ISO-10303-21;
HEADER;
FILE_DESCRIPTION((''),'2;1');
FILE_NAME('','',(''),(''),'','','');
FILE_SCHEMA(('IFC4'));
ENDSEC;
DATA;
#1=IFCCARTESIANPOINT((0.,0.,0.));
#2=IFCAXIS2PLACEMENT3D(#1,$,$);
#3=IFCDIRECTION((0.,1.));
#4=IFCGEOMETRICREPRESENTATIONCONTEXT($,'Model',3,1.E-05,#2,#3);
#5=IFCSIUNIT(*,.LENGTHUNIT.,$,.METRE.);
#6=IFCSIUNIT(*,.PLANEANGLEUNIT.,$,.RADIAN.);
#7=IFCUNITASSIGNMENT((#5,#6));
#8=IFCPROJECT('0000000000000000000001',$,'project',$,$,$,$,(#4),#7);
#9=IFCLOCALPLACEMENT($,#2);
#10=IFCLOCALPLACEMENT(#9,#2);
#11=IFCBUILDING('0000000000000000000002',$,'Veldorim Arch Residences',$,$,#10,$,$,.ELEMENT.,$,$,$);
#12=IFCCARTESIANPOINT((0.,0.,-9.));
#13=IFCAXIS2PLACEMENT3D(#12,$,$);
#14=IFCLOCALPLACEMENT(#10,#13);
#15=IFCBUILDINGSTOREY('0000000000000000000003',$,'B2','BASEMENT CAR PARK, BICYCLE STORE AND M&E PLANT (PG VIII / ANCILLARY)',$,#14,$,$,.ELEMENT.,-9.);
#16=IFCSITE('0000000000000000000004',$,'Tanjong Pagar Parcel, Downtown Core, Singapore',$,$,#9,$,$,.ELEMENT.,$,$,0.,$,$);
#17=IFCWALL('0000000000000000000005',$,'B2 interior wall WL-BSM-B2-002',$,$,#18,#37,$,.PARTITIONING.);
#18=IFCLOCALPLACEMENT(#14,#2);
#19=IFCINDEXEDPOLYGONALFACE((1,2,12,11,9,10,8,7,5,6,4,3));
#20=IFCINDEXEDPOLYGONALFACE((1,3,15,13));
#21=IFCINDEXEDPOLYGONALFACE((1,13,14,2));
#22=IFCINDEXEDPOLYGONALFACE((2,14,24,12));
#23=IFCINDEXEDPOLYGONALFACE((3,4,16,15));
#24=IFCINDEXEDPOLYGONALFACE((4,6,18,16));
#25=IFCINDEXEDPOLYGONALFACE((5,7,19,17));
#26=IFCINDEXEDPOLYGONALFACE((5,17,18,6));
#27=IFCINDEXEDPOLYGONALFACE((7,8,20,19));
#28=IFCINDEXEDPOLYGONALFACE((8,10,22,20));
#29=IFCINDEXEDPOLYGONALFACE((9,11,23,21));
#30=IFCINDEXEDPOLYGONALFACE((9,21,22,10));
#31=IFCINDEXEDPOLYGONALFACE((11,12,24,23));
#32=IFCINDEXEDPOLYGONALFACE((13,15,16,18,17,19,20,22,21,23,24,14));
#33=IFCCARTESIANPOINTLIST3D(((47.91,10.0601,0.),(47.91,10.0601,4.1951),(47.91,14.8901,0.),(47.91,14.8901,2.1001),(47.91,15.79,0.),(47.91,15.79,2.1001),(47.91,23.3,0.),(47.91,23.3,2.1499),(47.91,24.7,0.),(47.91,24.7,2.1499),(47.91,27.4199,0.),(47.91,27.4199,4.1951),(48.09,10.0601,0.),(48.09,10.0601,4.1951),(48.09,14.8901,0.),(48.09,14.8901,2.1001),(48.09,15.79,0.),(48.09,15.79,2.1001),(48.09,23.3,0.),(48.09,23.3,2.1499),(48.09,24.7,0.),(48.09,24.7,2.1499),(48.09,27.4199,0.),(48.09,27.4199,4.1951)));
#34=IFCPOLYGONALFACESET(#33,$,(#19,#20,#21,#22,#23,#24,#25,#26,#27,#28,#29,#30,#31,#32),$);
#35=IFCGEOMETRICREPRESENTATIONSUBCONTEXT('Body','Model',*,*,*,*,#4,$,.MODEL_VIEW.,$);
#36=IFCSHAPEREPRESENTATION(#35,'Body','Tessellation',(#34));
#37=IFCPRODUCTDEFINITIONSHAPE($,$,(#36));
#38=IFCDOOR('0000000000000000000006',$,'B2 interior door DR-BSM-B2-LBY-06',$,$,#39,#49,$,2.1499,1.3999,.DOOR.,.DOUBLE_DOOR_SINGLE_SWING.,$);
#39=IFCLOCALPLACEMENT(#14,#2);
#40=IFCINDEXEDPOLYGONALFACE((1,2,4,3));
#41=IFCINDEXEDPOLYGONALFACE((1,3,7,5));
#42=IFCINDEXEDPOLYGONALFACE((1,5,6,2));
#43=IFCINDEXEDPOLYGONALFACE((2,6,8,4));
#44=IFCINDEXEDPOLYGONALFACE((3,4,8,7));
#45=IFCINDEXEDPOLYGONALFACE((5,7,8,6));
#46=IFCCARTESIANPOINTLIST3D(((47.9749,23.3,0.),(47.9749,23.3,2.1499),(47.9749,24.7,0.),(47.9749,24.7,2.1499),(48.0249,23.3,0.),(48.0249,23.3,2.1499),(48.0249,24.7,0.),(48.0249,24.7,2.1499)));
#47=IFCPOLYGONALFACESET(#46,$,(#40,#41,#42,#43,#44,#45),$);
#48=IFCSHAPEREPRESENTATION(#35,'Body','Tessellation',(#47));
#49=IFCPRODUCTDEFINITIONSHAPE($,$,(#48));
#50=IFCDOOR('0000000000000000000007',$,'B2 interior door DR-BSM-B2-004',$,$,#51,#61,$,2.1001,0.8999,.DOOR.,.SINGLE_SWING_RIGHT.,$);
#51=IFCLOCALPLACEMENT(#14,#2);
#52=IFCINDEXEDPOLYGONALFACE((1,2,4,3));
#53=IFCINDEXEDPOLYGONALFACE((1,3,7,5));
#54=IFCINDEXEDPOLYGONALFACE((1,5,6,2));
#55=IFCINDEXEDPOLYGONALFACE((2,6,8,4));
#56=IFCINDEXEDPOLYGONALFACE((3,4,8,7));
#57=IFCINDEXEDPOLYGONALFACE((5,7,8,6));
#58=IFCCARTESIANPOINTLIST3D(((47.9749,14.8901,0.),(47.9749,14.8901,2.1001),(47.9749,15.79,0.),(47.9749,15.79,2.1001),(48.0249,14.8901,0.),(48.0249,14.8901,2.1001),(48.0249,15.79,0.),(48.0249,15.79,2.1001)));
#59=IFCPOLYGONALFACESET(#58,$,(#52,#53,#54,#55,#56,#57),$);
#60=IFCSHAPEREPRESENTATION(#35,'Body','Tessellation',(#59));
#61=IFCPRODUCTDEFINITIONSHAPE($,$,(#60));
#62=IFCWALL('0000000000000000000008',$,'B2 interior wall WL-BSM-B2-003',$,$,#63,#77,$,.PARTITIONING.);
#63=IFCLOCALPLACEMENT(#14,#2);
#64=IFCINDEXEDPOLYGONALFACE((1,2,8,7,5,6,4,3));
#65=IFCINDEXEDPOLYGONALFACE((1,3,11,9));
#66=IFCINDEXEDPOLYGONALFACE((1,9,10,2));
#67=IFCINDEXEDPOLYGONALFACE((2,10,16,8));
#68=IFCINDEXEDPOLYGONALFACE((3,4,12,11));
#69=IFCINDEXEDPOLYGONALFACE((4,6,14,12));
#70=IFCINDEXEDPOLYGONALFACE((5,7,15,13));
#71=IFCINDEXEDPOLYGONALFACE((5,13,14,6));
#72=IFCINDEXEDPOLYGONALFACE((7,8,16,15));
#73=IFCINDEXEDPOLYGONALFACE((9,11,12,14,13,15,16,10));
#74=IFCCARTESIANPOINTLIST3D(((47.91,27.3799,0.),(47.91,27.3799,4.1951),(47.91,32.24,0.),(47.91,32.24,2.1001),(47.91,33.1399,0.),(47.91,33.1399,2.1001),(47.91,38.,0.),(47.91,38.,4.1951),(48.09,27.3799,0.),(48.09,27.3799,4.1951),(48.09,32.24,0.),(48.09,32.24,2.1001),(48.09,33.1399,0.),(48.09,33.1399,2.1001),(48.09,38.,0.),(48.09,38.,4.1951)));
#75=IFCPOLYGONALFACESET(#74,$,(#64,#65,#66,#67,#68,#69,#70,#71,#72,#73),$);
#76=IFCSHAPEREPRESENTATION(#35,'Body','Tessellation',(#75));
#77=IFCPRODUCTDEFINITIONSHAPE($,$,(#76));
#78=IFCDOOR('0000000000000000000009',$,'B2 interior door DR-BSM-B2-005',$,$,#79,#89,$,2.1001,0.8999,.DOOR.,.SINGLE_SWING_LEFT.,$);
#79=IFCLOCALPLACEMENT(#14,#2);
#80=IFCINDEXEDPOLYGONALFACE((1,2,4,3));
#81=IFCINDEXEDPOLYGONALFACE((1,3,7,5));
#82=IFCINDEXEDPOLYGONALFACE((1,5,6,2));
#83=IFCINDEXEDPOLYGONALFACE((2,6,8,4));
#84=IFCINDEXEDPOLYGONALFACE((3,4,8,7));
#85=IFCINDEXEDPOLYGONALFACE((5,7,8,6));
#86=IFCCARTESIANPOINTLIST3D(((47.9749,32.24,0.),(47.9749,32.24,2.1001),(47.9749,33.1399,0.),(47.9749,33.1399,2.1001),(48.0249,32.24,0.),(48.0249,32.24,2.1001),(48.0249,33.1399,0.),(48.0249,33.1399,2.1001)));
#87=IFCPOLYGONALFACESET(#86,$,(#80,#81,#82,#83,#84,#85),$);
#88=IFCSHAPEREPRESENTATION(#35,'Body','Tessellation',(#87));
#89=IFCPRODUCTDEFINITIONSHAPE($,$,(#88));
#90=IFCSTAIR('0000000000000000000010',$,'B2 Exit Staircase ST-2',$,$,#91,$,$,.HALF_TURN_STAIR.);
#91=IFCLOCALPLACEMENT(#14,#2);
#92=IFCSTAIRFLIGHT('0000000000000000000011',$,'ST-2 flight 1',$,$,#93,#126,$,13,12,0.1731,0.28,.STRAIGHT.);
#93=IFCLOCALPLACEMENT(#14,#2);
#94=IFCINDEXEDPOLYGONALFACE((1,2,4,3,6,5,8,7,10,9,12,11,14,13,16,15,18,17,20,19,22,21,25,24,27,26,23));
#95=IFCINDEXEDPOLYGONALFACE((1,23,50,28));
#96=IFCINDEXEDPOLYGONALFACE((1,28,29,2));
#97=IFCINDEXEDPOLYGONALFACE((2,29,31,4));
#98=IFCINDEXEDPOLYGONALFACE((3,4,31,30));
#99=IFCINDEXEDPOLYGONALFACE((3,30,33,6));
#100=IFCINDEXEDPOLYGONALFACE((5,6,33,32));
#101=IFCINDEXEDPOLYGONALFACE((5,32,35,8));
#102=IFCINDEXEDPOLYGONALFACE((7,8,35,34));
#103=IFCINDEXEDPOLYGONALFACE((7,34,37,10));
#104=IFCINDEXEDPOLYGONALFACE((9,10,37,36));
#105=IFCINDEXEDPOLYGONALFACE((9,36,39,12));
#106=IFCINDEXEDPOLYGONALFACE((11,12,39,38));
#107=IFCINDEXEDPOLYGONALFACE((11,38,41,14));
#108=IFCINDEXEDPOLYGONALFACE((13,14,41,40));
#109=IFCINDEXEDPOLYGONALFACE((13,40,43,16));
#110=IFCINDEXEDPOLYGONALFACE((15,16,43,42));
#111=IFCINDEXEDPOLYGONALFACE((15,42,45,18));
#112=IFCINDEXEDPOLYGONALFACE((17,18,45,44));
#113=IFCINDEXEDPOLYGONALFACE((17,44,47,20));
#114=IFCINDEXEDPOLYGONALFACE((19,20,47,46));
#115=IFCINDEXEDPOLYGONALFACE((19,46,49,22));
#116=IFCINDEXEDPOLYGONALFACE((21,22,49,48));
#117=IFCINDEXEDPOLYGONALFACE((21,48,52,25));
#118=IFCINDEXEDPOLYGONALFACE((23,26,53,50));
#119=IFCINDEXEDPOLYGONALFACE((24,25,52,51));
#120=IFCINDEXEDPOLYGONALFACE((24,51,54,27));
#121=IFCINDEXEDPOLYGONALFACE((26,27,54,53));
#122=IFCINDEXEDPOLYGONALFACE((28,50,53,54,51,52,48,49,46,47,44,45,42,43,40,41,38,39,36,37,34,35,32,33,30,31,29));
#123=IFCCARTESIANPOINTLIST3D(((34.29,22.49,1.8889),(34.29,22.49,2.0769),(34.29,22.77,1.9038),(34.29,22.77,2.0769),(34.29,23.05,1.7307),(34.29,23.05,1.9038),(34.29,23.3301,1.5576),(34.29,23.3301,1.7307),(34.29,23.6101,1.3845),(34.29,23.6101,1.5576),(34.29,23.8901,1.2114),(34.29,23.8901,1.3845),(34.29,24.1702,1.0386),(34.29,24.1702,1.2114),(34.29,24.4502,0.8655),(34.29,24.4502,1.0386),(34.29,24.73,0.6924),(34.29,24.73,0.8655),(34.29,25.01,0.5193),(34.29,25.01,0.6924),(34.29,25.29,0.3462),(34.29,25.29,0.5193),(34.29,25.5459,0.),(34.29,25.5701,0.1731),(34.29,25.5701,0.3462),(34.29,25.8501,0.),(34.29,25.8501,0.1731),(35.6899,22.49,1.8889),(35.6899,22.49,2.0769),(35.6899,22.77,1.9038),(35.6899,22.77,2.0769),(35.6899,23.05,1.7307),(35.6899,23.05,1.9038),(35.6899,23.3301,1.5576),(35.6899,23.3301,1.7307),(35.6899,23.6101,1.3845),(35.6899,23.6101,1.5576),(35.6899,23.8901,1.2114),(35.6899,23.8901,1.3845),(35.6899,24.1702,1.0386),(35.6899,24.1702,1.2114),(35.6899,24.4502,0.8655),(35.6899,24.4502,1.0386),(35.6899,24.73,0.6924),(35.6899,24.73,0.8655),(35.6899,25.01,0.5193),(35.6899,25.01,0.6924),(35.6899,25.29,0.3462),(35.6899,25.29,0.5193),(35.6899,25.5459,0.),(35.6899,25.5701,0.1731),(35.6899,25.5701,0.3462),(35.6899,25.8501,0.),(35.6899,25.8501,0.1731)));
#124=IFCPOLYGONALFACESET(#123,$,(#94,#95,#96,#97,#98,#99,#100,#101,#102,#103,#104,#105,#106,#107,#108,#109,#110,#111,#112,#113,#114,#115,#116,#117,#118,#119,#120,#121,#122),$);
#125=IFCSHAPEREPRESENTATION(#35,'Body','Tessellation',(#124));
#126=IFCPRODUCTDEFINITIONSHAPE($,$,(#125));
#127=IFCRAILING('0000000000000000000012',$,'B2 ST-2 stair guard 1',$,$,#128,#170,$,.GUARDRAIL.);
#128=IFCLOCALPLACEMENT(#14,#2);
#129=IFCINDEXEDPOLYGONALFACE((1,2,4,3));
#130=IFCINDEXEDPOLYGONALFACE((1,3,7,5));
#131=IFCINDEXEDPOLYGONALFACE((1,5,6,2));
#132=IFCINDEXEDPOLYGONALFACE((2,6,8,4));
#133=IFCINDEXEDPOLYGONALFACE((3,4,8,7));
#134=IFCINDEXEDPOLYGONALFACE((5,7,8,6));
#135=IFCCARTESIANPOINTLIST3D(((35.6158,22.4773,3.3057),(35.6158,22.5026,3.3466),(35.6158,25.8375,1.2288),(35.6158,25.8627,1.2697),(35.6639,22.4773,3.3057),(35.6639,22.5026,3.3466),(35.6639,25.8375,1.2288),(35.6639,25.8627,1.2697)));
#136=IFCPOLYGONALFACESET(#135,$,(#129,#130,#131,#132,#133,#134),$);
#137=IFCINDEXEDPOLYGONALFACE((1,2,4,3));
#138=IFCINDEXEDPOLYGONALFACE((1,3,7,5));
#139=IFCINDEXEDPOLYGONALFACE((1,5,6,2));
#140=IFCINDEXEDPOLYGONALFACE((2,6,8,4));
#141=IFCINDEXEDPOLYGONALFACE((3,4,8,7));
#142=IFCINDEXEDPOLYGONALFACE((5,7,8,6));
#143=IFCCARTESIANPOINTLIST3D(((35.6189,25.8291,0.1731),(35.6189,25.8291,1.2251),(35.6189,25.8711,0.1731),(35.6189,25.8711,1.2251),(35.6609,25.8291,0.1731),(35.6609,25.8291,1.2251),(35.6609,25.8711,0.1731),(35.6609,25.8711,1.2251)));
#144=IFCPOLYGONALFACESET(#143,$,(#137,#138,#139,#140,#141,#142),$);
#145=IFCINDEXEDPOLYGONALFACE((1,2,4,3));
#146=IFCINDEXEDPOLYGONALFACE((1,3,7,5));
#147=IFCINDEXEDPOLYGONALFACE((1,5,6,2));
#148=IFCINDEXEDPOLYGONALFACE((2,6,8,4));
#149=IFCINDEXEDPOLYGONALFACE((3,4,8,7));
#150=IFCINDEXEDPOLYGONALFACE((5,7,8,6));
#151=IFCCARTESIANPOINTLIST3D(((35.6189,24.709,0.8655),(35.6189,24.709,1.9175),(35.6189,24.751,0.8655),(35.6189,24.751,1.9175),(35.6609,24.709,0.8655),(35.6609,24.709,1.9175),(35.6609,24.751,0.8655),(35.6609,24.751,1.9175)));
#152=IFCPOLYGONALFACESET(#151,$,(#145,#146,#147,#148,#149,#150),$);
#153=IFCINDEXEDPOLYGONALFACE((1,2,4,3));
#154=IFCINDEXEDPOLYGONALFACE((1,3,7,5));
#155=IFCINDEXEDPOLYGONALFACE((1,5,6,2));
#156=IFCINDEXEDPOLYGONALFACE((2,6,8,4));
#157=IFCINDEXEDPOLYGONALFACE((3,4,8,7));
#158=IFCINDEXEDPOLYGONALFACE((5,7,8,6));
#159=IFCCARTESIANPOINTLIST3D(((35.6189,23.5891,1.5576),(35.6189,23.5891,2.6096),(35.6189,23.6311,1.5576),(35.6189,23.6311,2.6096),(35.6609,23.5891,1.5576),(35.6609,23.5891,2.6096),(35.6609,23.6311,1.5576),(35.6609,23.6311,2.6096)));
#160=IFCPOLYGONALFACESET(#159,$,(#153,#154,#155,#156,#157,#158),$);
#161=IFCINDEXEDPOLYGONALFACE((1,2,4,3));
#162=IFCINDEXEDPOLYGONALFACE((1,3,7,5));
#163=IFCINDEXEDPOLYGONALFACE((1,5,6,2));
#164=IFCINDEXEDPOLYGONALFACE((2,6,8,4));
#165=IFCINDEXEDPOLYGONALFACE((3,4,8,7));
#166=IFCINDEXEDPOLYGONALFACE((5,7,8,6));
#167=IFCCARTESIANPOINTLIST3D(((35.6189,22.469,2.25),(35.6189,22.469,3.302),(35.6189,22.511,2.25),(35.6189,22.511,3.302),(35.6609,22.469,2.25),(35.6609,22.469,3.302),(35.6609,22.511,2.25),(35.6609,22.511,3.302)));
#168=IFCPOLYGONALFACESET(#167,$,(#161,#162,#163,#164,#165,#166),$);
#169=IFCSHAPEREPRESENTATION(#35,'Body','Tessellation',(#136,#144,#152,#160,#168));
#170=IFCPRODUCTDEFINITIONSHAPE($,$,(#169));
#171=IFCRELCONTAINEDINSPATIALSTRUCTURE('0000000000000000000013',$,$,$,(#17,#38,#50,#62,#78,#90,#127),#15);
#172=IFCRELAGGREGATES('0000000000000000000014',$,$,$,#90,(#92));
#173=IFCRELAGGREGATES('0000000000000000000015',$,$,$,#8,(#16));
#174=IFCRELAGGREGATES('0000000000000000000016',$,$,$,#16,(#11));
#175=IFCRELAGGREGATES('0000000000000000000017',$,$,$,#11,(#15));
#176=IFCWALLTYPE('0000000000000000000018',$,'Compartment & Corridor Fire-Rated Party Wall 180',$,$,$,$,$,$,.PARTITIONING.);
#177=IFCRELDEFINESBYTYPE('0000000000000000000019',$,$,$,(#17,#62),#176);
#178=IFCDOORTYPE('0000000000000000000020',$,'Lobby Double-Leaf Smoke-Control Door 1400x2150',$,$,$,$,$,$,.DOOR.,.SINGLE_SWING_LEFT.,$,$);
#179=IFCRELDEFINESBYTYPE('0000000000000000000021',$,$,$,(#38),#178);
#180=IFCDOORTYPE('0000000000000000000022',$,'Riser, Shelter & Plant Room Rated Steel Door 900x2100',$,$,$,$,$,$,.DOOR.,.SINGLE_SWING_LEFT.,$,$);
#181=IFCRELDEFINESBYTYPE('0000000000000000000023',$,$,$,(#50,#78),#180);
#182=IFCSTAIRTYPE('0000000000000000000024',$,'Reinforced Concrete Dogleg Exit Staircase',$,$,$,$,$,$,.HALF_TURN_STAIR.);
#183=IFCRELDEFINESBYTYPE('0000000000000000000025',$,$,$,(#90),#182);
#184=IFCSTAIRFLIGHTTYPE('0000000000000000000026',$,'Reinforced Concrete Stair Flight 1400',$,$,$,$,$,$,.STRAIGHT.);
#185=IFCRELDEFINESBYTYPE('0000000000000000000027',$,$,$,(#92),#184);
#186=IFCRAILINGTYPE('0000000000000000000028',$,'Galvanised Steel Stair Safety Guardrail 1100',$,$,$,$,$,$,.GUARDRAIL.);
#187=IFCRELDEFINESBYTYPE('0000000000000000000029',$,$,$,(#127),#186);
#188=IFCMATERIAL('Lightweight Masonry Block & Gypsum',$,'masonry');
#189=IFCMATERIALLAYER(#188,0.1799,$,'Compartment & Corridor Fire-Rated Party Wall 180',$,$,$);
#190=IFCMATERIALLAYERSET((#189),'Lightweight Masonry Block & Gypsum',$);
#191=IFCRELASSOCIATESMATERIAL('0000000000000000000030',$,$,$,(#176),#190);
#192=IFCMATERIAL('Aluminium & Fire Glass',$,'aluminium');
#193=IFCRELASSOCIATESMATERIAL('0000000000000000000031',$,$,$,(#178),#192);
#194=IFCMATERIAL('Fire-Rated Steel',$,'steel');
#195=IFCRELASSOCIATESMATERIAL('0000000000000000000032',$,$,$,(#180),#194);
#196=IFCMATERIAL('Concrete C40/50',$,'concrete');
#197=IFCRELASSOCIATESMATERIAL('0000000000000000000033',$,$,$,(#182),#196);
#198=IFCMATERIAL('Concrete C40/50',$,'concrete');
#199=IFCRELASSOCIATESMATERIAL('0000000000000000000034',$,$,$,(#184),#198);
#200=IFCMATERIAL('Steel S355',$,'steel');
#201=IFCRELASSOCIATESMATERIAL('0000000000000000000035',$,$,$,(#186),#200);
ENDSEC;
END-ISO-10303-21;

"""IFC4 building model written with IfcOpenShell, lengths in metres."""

from ifc_helpers import new_model, si_unit, direction, frame, frame_2d, origin, origin_2d, place, context, subcontext, project, spatial, polyline, rectangle, outline, extrude, material, layer, layer_set, type_object, element, fill, aggregate, save


model = new_model("IFC4")

# Units and contexts
model_context = context("Model", 3, precision=1e-05, world=origin(), true_north=direction((0.0, 1.0)))
body_context = subcontext(model_context, "Body", "Model", "MODEL_VIEW")
ifc_project = project(units=[si_unit("LENGTHUNIT", "METRE"), si_unit("PLANEANGLEUNIT", "RADIAN")], contexts=[model_context])

# Site, building, storey
site_placement = place(None, origin())
site = spatial("IfcSite", under=ifc_project, at=site_placement, Name="Tanjong Pagar Parcel, Downtown Core, Singapore", CompositionType="ELEMENT", RefElevation=0.0)
building_placement = place(site_placement, origin())
building = spatial("IfcBuilding", under=site, at=building_placement, Name="Veldorim Arch Residences", CompositionType="ELEMENT")
storey_placement = place(building_placement, frame((0.0, 0.0, -9.0)))
storey = spatial("IfcBuildingStorey", under=building, at=storey_placement, Name="B2", Description="BASEMENT CAR PARK, BICYCLE STORE AND M&E PLANT (PG VIII / ANCILLARY)", CompositionType="ELEMENT", Elevation=-9.0)

# Wall, openings, doors
ifc_material_1 = material(Name="Lightweight Masonry Block & Gypsum", Category="masonry")
ifc_layer_1 = layer(ifc_material_1, 0.1799, Name="Compartment & Corridor Fire-Rated Party Wall 180")
ifc_layer_set_1 = layer_set([ifc_layer_1], Name="Lightweight Masonry Block & Gypsum")
wall_type_1 = type_object("IfcWallType", Name="Compartment & Corridor Fire-Rated Party Wall 180", PredefinedType="PARTITIONING", material=ifc_layer_set_1)
wall_1_placement = place(storey_placement, frame((48.0, 27.4199, 0.0), z_axis=(0.0, 0.0, 1.0), x_axis=(0.0, -1.0, 0.0)))
wall_1 = element("IfcWall", 1, at=wall_1_placement, inside=storey, type_object=wall_type_1, Name="B2 interior wall WL-BSM-B2-002", PredefinedType="PARTITIONING", context=body_context, shape_type="SweptSolid", body=[
    extrude(rectangle(XDim=17.3599, YDim=0.1799, at=frame_2d((8.6799, 0.0))), origin(), (0.0, 0.0, 1.0), 4.1951),
])
opening_1_placement = place(wall_1_placement, frame((11.6299, 0.0, 0.0)))
opening_1 = element("IfcOpeningElement", 2, at=opening_1_placement, cuts=wall_1, PredefinedType="OPENING", context=body_context, shape_type="SweptSolid", body=[
    extrude(rectangle(XDim=0.8999, YDim=2.1001, at=frame_2d((0.45, 1.05))), frame((0.0, 0.0999, 0.0), z_axis=(0.0, -1.0, 0.0), x_axis=(1.0, 0.0, 0.0)), (0.0, 0.0, 1.0), 0.2),
])
opening_2_placement = place(wall_1_placement, frame((2.72, 0.0, 0.0)))
opening_2 = element("IfcOpeningElement", 3, at=opening_2_placement, cuts=wall_1, PredefinedType="OPENING", context=body_context, shape_type="SweptSolid", body=[
    extrude(rectangle(XDim=1.3999, YDim=2.1499, at=frame_2d((0.7, 1.075))), frame((0.0, 0.0999, 0.0), z_axis=(0.0, -1.0, 0.0), x_axis=(1.0, 0.0, 0.0)), (0.0, 0.0, 1.0), 0.2),
])
ifc_material_2 = material(Name="Aluminium & Fire Glass", Category="aluminium")
door_type_1 = type_object("IfcDoorType", Name="Lobby Double-Leaf Smoke-Control Door 1400x2150", OperationType="SINGLE_SWING_LEFT", PredefinedType="DOOR", material=ifc_material_2)
door_1_placement = place(opening_2_placement, origin())
door_1 = element("IfcDoor", 4, at=door_1_placement, inside=storey, type_object=door_type_1, Name="B2 interior door DR-BSM-B2-LBY-06", OperationType="DOUBLE_DOOR_SINGLE_SWING", OverallHeight=2.1499, OverallWidth=1.3999, PredefinedType="DOOR", context=body_context, shape_type="SweptSolid", body=[
    extrude(rectangle(XDim=1.3999, YDim=2.1499, at=frame_2d((0.7, 1.075))), frame((0.0, 0.0249, 0.0), z_axis=(0.0, -1.0, 0.0), x_axis=(1.0, 0.0, 0.0)), (0.0, 0.0, 1.0), 0.05),
])
fill(opening_2, door_1)
ifc_material_3 = material(Name="Fire-Rated Steel", Category="steel")
door_type_2 = type_object("IfcDoorType", Name="Riser, Shelter & Plant Room Rated Steel Door 900x2100", OperationType="SINGLE_SWING_LEFT", PredefinedType="DOOR", material=ifc_material_3)
door_2_placement = place(opening_1_placement, origin())
door_2 = element("IfcDoor", 5, at=door_2_placement, inside=storey, type_object=door_type_2, Name="B2 interior door DR-BSM-B2-004", OperationType="SINGLE_SWING_RIGHT", OverallHeight=2.1001, OverallWidth=0.8999, PredefinedType="DOOR", context=body_context, shape_type="SweptSolid", body=[
    extrude(rectangle(XDim=0.8999, YDim=2.1001, at=frame_2d((0.45, 1.05))), frame((0.0, 0.0249, 0.0), z_axis=(0.0, -1.0, 0.0), x_axis=(1.0, 0.0, 0.0)), (0.0, 0.0, 1.0), 0.05),
])
fill(opening_1, door_2)

# Wall, opening, door
wall_2_placement = place(storey_placement, frame((48.0, 38.0, 0.0), z_axis=(0.0, 0.0, 1.0), x_axis=(0.0, -1.0, 0.0)))
wall_2 = element("IfcWall", 6, at=wall_2_placement, inside=storey, type_object=wall_type_1, Name="B2 interior wall WL-BSM-B2-003", PredefinedType="PARTITIONING", context=body_context, shape_type="SweptSolid", body=[
    extrude(rectangle(XDim=10.6201, YDim=0.1799, at=frame_2d((5.3101, 0.0))), origin(), (0.0, 0.0, 1.0), 4.1951),
])
opening_3_placement = place(wall_2_placement, frame((4.8601, 0.0, 0.0)))
opening_3 = element("IfcOpeningElement", 7, at=opening_3_placement, cuts=wall_2, PredefinedType="OPENING", context=body_context, shape_type="SweptSolid", body=[
    extrude(rectangle(XDim=0.8999, YDim=2.1001, at=frame_2d((0.45, 1.05))), frame((0.0, 0.0999, 0.0), z_axis=(0.0, -1.0, 0.0), x_axis=(1.0, 0.0, 0.0)), (0.0, 0.0, 1.0), 0.2),
])
door_3_placement = place(opening_3_placement, origin())
door_3 = element("IfcDoor", 8, at=door_3_placement, inside=storey, type_object=door_type_2, Name="B2 interior door DR-BSM-B2-005", OperationType="SINGLE_SWING_LEFT", OverallHeight=2.1001, OverallWidth=0.8999, PredefinedType="DOOR", context=body_context, shape_type="SweptSolid", body=[
    extrude(rectangle(XDim=0.8999, YDim=2.1001, at=frame_2d((0.45, 1.05))), frame((0.0, 0.0249, 0.0), z_axis=(0.0, -1.0, 0.0), x_axis=(1.0, 0.0, 0.0)), (0.0, 0.0, 1.0), 0.05),
])
fill(opening_3, door_3)

# Stair, stair flight
ifc_material_4 = material(Name="Concrete C40/50", Category="concrete")
stair_type = type_object("IfcStairType", Name="Reinforced Concrete Dogleg Exit Staircase", PredefinedType="HALF_TURN_STAIR", material=ifc_material_4)
stair_placement = place(storey_placement, origin())
stair = element("IfcStair", 9, at=stair_placement, inside=storey, type_object=stair_type, Name="B2 Exit Staircase ST-2", PredefinedType="HALF_TURN_STAIR")
ifc_material_5 = material(Name="Concrete C40/50", Category="concrete")
stair_flight_type = type_object("IfcStairFlightType", Name="Reinforced Concrete Stair Flight 1400", PredefinedType="STRAIGHT", material=ifc_material_5)
stair_flight_placement = place(storey_placement, frame((34.99, 25.8501, 0.0), z_axis=(0.0, 0.0, 1.0), x_axis=(0.0, -1.0, 0.0)))
stair_flight = element("IfcStairFlight", 10, at=stair_flight_placement, type_object=stair_flight_type, Name="ST-2 flight 1", NumberOfRisers=13, NumberOfTreads=12, PredefinedType="STRAIGHT", RiserHeight=0.1731, TreadLength=0.28, context=body_context, shape_type="SweptSolid", body=[
    extrude(outline(polyline([(0.0, 0.0), (0.0, 0.1731), (0.28, 0.1731), (0.28, 0.3462), (0.5601, 0.3462), (0.5601, 0.5193), (0.8401, 0.5193), (0.8401, 0.6924), (1.1201, 0.6924), (1.1201, 0.8655), (1.3999, 0.8655), (1.3999, 1.0386), (1.6799, 1.0386), (1.6799, 1.2114), (1.96, 1.2114), (1.96, 1.3845), (2.24, 1.3845), (2.24, 1.5576), (2.52, 1.5576), (2.52, 1.7307), (2.8, 1.7307), (2.8, 1.9038), (3.0801, 1.9038), (3.0801, 2.0769), (3.3601, 2.0769), (3.3601, 2.25), (3.3601, 1.8889), (0.3042, 0.0), (0.0, 0.0)])), frame((0.0, 0.7, 0.0), z_axis=(0.0, -1.0, 0.0), x_axis=(1.0, 0.0, 0.0)), (0.0, 0.0, 1.0), 1.3999),
])
aggregate(stair, [stair_flight])

# Railing
ifc_material_6 = material(Name="Steel S355", Category="steel")
railing_type_1 = type_object("IfcRailingType", Name="Galvanised Steel Stair Safety Guardrail 1100", PredefinedType="GUARDRAIL", material=ifc_material_6)
railing_1_placement = place(storey_placement, frame((35.6399, 25.8501, 0.1731)))
element("IfcRailing", 11, at=railing_1_placement, inside=storey, type_object=railing_type_1, Name="B2 ST-2 stair guard 1", PredefinedType="GUARDRAIL", context=body_context, shape_type="SweptSolid", body=[
    extrude(rectangle(XDim=0.0481, YDim=0.0481, at=origin_2d()), frame((0.0, 0.0, 1.0762), z_axis=(0.0, -0.850623, 0.525776), x_axis=(1.0, 0.0, 0.0)), (0.0, 0.0, 1.0), 3.9502),
    extrude(rectangle(XDim=0.042, YDim=0.042, at=origin_2d()), origin(), (0.0, 0.0, 1.0), 1.052),
    extrude(rectangle(XDim=0.042, YDim=0.042, at=origin_2d()), frame((0.0, -1.1201, 0.6924)), (0.0, 0.0, 1.0), 1.052),
    extrude(rectangle(XDim=0.042, YDim=0.042, at=origin_2d()), frame((0.0, -2.24, 1.3845)), (0.0, 0.0, 1.0), 1.052),
    extrude(rectangle(XDim=0.042, YDim=0.042, at=origin_2d()), frame((0.0, -3.3601, 2.0769)), (0.0, 0.0, 1.0), 1.052),
])

save(model, "model.ifc")
